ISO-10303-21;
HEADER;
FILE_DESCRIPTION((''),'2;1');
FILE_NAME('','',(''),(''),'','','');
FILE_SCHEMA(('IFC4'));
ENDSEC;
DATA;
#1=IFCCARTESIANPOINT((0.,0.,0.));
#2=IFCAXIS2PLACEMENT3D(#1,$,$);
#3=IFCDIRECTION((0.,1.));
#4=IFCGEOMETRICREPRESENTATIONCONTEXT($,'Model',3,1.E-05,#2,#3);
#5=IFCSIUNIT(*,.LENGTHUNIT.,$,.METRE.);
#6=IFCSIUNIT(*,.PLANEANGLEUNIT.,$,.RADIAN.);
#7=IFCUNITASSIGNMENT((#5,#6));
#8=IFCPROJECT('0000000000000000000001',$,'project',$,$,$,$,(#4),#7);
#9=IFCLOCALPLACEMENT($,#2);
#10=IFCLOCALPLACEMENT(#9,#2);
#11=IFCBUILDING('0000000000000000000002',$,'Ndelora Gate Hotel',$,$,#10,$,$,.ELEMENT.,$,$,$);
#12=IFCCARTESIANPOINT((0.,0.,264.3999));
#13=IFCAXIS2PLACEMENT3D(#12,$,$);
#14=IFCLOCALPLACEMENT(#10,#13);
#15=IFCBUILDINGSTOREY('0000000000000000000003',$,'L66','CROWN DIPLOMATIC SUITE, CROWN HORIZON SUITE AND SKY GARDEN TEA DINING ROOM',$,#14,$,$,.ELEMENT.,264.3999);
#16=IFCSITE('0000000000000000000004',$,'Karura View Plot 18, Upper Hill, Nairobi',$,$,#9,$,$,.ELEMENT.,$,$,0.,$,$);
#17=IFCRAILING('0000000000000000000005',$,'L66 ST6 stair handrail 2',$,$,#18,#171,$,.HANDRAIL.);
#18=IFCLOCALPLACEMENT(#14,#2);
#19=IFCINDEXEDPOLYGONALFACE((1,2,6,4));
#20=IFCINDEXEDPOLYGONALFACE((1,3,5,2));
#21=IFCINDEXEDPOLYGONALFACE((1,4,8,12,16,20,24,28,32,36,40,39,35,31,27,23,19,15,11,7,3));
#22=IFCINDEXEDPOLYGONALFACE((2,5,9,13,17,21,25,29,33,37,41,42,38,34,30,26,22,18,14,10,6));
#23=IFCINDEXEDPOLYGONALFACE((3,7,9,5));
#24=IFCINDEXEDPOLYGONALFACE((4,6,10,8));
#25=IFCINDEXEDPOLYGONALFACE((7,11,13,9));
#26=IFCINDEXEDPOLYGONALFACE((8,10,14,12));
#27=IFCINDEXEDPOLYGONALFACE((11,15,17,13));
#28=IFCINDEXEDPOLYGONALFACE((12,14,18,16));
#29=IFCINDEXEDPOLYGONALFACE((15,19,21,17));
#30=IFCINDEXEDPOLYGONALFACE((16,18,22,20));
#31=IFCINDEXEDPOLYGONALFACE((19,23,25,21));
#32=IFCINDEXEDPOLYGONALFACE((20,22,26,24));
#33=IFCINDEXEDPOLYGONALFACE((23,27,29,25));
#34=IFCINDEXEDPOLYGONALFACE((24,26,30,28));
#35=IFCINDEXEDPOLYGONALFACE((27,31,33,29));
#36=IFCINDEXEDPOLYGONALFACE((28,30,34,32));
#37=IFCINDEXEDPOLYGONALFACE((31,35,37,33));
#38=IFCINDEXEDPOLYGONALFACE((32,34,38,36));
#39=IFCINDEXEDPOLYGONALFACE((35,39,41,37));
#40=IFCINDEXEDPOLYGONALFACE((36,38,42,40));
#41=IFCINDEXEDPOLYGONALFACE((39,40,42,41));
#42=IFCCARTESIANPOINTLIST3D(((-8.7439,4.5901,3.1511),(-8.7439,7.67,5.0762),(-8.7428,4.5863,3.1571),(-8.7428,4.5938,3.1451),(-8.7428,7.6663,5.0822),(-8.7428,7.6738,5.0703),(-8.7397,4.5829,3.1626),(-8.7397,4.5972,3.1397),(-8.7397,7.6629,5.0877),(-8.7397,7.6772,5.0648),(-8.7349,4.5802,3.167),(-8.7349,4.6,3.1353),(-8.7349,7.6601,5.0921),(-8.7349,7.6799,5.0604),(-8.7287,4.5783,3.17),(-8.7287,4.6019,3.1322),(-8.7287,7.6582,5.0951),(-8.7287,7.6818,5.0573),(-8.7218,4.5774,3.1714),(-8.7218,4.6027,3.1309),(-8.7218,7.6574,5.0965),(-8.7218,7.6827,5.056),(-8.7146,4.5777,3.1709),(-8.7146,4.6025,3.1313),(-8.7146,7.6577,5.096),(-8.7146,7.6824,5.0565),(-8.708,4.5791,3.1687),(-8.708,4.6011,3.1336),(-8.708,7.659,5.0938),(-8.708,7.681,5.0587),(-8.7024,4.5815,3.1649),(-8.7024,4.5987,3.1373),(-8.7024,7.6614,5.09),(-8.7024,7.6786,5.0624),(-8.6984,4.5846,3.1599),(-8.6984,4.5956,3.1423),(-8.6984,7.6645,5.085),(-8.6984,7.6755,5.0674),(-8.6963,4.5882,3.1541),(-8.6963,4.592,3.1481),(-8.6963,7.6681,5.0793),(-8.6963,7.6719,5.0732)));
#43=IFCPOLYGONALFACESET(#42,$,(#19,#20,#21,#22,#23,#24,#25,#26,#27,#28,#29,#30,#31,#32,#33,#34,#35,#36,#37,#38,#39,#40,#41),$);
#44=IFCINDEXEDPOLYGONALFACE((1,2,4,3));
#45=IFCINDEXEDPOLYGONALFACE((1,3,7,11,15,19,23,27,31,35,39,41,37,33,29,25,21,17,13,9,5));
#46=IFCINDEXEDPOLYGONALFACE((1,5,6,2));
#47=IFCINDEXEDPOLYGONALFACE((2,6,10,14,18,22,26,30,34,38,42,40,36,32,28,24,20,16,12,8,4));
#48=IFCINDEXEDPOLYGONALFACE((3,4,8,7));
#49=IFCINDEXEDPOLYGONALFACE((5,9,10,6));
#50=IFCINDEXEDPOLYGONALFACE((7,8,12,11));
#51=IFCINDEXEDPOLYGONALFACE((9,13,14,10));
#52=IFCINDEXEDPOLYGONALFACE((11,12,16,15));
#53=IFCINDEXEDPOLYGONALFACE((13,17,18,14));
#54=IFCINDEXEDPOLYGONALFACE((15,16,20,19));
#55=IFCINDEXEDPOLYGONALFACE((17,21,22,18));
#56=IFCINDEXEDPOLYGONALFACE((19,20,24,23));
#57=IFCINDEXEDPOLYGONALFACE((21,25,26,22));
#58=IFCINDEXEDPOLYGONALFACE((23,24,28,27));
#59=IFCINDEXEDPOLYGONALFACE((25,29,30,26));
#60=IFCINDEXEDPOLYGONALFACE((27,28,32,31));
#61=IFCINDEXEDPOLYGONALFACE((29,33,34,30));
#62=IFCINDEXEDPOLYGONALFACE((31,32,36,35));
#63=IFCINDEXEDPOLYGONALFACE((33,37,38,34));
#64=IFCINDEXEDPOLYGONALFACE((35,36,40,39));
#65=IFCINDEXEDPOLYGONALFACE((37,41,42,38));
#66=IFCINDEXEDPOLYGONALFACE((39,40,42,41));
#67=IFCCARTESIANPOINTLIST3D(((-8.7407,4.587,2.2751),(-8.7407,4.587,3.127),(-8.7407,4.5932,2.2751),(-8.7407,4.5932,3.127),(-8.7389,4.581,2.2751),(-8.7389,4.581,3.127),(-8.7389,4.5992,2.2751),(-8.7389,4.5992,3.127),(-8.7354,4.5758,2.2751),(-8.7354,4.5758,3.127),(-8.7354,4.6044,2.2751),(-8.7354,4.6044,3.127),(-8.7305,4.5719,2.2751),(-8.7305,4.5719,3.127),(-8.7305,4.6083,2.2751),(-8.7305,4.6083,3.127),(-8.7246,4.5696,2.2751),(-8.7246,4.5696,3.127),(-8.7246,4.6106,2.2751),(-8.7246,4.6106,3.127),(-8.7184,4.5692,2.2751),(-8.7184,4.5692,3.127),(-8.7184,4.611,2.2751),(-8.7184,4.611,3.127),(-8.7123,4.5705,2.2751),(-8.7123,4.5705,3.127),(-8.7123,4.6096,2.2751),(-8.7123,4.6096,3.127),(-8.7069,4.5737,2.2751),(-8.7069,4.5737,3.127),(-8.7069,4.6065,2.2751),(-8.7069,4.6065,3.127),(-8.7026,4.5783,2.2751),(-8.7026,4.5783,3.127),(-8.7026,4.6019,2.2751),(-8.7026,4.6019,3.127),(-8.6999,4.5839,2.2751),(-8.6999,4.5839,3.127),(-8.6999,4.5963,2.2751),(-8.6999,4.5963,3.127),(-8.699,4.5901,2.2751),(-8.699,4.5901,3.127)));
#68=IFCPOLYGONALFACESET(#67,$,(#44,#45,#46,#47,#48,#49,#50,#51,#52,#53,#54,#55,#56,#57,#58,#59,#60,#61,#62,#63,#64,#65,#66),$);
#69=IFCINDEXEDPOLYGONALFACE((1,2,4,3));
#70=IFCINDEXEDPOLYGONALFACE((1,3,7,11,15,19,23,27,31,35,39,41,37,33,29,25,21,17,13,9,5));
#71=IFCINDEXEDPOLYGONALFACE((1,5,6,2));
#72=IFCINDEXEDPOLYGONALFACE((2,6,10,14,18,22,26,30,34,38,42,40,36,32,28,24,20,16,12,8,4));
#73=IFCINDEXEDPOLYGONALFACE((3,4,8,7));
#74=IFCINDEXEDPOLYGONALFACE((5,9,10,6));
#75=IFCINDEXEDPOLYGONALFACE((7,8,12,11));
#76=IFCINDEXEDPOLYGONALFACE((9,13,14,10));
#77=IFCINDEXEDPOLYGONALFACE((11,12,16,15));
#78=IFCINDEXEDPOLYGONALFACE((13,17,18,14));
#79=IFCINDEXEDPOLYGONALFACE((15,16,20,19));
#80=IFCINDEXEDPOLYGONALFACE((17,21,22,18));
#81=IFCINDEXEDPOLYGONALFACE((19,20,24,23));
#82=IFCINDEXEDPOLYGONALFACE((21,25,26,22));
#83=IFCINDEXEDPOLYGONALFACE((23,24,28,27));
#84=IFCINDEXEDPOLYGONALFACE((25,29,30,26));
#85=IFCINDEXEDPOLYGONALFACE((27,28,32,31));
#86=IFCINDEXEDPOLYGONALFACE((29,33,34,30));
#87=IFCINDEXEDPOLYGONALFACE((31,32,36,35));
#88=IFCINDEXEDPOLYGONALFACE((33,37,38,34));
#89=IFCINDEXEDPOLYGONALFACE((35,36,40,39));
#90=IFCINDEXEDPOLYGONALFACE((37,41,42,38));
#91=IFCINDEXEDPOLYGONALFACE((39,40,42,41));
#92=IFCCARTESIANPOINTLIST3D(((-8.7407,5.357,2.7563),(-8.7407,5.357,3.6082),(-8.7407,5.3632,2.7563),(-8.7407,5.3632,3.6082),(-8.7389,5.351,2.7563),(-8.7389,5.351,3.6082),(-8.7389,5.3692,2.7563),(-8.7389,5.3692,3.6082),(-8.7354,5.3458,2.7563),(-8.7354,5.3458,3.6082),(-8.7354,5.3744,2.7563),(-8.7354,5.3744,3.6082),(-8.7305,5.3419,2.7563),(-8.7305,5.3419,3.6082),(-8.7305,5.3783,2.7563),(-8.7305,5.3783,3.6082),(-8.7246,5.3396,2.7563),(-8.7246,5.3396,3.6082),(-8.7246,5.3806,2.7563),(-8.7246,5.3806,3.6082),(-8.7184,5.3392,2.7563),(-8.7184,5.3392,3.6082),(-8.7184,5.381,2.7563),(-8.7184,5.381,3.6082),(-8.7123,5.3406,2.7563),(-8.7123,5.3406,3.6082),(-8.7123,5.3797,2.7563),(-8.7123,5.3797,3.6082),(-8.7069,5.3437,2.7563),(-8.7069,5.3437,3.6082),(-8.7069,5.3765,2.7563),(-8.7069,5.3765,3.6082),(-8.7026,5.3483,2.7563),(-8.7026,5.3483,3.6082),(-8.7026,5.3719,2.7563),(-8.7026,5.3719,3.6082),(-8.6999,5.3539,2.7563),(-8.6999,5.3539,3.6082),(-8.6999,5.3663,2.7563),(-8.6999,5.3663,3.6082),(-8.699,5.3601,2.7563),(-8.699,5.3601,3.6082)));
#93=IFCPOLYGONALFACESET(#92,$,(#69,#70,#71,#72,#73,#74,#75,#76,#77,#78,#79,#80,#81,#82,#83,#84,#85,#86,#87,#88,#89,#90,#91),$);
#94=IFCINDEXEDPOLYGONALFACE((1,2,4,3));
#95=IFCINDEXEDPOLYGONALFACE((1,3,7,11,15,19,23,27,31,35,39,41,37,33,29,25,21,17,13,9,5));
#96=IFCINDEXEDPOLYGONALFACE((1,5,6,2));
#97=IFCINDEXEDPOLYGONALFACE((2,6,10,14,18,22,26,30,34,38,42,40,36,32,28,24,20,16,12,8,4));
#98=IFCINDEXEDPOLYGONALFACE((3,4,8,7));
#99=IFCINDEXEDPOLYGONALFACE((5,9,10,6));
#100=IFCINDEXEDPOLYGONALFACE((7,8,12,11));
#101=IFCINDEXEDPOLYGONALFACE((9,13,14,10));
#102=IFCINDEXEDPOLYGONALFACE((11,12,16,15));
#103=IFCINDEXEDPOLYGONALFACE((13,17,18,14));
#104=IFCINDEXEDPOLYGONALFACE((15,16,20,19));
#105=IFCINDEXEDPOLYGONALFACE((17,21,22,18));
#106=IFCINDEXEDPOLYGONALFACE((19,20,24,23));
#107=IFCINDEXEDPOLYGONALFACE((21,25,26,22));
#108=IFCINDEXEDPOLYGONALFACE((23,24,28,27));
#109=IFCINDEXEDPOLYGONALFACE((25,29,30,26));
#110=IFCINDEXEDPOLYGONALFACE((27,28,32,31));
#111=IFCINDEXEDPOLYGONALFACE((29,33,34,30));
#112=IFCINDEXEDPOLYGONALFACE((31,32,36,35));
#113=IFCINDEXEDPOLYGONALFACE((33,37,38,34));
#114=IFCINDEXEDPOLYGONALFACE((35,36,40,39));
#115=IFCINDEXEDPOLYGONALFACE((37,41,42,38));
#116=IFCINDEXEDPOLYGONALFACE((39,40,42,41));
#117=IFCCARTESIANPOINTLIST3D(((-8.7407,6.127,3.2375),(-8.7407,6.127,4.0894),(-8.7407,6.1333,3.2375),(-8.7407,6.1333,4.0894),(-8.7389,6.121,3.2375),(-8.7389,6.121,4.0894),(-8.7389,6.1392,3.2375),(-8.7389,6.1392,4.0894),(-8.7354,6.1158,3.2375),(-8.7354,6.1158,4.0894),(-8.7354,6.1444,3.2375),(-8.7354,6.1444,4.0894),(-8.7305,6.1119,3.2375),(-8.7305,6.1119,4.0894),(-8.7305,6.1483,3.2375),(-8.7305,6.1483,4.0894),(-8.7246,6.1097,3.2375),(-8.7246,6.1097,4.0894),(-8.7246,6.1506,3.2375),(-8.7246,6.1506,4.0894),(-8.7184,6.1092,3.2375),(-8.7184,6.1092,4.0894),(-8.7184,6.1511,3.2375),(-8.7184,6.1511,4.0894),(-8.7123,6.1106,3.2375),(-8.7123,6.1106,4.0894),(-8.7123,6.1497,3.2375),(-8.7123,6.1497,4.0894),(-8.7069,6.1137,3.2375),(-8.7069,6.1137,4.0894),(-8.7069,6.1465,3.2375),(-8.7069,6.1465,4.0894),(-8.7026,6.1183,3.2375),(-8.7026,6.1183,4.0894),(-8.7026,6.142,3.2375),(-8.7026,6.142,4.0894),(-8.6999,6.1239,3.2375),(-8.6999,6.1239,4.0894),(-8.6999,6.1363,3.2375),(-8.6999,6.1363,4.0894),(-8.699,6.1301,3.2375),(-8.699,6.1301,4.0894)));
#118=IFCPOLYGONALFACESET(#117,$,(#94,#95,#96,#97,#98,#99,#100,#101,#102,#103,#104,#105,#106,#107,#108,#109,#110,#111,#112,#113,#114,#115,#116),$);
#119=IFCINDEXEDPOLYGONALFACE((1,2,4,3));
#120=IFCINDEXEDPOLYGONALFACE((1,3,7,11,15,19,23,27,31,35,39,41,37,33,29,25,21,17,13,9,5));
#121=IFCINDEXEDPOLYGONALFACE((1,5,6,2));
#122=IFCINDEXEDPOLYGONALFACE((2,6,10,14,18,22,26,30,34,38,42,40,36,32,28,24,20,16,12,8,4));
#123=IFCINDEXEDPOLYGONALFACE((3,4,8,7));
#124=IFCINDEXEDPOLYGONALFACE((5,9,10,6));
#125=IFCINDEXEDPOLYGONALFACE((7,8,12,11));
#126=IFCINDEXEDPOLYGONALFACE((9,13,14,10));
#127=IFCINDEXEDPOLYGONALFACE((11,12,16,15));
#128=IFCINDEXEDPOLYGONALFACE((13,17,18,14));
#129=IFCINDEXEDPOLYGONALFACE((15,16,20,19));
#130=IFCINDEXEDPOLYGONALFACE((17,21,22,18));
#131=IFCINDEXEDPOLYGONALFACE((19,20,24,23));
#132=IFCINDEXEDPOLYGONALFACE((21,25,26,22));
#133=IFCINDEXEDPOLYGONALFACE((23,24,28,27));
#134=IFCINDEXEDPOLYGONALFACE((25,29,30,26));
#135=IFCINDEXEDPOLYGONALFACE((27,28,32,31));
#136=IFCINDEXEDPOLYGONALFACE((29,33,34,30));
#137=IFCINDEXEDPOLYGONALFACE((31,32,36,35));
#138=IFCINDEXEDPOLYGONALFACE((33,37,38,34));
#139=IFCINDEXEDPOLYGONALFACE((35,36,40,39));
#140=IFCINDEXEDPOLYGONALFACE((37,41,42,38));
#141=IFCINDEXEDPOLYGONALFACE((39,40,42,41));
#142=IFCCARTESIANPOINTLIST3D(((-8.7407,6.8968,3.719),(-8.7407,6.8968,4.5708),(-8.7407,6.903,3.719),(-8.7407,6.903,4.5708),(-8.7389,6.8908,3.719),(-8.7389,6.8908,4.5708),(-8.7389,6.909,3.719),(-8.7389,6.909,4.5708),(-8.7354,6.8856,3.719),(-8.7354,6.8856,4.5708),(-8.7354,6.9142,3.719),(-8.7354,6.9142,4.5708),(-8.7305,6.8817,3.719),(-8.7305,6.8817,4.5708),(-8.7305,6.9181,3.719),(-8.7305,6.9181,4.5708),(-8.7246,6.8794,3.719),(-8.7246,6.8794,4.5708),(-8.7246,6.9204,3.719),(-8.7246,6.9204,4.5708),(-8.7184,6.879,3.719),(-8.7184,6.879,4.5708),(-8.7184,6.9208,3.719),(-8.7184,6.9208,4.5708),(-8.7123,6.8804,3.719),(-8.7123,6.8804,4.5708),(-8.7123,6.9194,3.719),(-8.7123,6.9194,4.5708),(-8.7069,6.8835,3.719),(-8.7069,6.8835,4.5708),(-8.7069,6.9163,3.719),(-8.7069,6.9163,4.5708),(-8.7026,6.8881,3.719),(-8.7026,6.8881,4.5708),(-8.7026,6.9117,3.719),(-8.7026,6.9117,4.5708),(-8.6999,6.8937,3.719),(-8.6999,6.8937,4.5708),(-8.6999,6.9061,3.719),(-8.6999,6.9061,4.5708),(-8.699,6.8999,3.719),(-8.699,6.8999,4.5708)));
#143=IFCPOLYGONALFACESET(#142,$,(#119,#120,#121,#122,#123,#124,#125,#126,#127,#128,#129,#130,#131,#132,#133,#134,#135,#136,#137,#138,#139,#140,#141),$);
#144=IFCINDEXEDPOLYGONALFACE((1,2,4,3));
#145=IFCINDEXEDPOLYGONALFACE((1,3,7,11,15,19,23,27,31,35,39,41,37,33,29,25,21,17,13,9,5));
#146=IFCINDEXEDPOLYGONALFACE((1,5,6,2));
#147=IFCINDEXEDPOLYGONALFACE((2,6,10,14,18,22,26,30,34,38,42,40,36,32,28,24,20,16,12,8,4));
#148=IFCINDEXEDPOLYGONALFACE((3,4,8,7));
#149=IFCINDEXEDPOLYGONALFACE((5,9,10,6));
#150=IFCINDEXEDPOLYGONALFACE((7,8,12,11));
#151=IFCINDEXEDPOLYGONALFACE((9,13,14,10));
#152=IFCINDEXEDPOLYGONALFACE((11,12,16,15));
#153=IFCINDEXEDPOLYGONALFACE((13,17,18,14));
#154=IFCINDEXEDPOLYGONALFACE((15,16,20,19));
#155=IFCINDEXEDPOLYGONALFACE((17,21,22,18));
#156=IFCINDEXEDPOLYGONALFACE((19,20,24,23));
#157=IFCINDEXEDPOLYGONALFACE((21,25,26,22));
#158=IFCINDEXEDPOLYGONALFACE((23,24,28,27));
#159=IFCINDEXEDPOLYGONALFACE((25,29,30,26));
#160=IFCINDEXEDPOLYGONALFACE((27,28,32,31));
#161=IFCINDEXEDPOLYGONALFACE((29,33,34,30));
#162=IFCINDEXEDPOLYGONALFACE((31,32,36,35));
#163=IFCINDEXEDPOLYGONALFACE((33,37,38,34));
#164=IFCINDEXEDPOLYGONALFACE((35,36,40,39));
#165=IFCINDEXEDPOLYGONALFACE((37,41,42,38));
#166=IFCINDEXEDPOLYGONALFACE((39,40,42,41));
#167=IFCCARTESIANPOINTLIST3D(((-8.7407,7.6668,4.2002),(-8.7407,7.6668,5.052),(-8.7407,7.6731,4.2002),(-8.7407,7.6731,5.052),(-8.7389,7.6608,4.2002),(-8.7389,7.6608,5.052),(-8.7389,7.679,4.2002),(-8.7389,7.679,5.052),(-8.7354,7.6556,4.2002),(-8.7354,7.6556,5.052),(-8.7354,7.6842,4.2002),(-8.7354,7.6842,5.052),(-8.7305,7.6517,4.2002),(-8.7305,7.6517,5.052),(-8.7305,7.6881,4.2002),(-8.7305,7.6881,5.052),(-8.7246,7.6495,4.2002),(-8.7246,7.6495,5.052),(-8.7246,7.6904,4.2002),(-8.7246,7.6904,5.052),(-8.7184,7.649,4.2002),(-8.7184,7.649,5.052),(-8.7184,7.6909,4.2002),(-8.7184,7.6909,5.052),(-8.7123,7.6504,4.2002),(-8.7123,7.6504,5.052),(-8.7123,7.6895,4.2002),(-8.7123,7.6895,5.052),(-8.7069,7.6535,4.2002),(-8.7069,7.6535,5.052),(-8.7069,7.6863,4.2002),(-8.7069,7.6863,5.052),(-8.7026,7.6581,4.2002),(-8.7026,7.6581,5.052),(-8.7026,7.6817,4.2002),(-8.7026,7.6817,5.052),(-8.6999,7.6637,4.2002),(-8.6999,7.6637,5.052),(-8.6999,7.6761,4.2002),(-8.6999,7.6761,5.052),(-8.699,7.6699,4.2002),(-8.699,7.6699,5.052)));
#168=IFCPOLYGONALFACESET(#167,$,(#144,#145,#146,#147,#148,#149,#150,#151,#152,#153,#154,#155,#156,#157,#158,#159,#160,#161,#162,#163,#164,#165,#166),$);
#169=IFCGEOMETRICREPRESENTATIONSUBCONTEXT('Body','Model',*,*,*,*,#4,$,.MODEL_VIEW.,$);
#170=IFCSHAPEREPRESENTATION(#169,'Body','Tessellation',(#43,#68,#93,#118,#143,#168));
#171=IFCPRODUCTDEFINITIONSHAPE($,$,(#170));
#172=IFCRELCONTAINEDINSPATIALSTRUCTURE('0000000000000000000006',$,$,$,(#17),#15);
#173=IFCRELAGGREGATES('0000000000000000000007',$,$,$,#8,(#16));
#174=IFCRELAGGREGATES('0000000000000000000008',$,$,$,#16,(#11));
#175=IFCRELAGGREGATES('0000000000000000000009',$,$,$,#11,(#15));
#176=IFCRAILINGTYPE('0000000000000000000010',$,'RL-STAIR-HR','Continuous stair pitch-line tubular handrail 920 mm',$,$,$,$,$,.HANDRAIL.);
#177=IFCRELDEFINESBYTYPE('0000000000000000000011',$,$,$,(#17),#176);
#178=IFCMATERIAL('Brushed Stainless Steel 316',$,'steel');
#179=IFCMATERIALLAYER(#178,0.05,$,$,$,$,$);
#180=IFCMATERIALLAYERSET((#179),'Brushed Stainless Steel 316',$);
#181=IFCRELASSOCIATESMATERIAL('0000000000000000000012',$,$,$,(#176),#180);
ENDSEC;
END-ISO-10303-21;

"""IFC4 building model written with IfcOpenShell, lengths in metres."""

from ifc_helpers import new_model, si_unit, direction, frame, origin, origin_2d, place, context, subcontext, project, spatial, circle, extrude, material, layer, layer_set, type_object, element, save


model = new_model("IFC4")

# Units and contexts
model_context = context("Model", 3, precision=1e-05, world=origin(), true_north=direction((0.0, 1.0)))
body_context = subcontext(model_context, "Body", "Model", "MODEL_VIEW")
ifc_project = project(units=[si_unit("LENGTHUNIT", "METRE"), si_unit("PLANEANGLEUNIT", "RADIAN")], contexts=[model_context])

# Site, building, storey
site_placement = place(None, origin())
site = spatial("IfcSite", under=ifc_project, at=site_placement, Name="Karura View Plot 18, Upper Hill, Nairobi", CompositionType="ELEMENT", RefElevation=0.0)
building_placement = place(site_placement, origin())
building = spatial("IfcBuilding", under=site, at=building_placement, Name="Ndelora Gate Hotel", CompositionType="ELEMENT")
storey_placement = place(building_placement, frame((0.0, 0.0, 264.3999)))
storey = spatial("IfcBuildingStorey", under=building, at=storey_placement, Name="L66", Description="CROWN DIPLOMATIC SUITE, CROWN HORIZON SUITE AND SKY GARDEN TEA DINING ROOM", CompositionType="ELEMENT", Elevation=264.3999)

# Railing
ifc_material_1 = material(Name="Brushed Stainless Steel 316", Category="steel")
ifc_layer_1 = layer(ifc_material_1, 0.05)
ifc_layer_set_1 = layer_set([ifc_layer_1], Name="Brushed Stainless Steel 316")
railing_type_1 = type_object("IfcRailingType", Name="RL-STAIR-HR", Description="Continuous stair pitch-line tubular handrail 920 mm", PredefinedType="HANDRAIL", material=ifc_layer_set_1)
railing_1_placement = place(storey_placement, frame((-8.72, 4.5901, 2.2751)))
element("IfcRailing", 1, at=railing_1_placement, inside=storey, type_object=railing_type_1, Name="L66 ST6 stair handrail 2", PredefinedType="HANDRAIL", context=body_context, shape_type="SweptSolid", body=[
    extrude(circle(Radius=0.0239, at=origin_2d()), frame((0.0, 0.0, 0.876), z_axis=(0.0, 0.847979, 0.530029), x_axis=(-1.0, 0.0, 0.0)), (0.0, 0.0, 1.0), 3.6321),
    extrude(circle(Radius=0.021, at=origin_2d()), origin(), (0.0, 0.0, 1.0), 0.8518),
    extrude(circle(Radius=0.021, at=origin_2d()), frame((0.0, 0.77, 0.4812)), (0.0, 0.0, 1.0), 0.8518),
    extrude(circle(Radius=0.021, at=origin_2d()), frame((0.0, 1.54, 0.9624)), (0.0, 0.0, 1.0), 0.8518),
    extrude(circle(Radius=0.021, at=origin_2d()), frame((0.0, 2.3098, 1.4438)), (0.0, 0.0, 1.0), 0.8518),
    extrude(circle(Radius=0.021, at=origin_2d()), frame((0.0, 3.0798, 1.925)), (0.0, 0.0, 1.0), 0.8518),
])

save(model, "model.ifc")
